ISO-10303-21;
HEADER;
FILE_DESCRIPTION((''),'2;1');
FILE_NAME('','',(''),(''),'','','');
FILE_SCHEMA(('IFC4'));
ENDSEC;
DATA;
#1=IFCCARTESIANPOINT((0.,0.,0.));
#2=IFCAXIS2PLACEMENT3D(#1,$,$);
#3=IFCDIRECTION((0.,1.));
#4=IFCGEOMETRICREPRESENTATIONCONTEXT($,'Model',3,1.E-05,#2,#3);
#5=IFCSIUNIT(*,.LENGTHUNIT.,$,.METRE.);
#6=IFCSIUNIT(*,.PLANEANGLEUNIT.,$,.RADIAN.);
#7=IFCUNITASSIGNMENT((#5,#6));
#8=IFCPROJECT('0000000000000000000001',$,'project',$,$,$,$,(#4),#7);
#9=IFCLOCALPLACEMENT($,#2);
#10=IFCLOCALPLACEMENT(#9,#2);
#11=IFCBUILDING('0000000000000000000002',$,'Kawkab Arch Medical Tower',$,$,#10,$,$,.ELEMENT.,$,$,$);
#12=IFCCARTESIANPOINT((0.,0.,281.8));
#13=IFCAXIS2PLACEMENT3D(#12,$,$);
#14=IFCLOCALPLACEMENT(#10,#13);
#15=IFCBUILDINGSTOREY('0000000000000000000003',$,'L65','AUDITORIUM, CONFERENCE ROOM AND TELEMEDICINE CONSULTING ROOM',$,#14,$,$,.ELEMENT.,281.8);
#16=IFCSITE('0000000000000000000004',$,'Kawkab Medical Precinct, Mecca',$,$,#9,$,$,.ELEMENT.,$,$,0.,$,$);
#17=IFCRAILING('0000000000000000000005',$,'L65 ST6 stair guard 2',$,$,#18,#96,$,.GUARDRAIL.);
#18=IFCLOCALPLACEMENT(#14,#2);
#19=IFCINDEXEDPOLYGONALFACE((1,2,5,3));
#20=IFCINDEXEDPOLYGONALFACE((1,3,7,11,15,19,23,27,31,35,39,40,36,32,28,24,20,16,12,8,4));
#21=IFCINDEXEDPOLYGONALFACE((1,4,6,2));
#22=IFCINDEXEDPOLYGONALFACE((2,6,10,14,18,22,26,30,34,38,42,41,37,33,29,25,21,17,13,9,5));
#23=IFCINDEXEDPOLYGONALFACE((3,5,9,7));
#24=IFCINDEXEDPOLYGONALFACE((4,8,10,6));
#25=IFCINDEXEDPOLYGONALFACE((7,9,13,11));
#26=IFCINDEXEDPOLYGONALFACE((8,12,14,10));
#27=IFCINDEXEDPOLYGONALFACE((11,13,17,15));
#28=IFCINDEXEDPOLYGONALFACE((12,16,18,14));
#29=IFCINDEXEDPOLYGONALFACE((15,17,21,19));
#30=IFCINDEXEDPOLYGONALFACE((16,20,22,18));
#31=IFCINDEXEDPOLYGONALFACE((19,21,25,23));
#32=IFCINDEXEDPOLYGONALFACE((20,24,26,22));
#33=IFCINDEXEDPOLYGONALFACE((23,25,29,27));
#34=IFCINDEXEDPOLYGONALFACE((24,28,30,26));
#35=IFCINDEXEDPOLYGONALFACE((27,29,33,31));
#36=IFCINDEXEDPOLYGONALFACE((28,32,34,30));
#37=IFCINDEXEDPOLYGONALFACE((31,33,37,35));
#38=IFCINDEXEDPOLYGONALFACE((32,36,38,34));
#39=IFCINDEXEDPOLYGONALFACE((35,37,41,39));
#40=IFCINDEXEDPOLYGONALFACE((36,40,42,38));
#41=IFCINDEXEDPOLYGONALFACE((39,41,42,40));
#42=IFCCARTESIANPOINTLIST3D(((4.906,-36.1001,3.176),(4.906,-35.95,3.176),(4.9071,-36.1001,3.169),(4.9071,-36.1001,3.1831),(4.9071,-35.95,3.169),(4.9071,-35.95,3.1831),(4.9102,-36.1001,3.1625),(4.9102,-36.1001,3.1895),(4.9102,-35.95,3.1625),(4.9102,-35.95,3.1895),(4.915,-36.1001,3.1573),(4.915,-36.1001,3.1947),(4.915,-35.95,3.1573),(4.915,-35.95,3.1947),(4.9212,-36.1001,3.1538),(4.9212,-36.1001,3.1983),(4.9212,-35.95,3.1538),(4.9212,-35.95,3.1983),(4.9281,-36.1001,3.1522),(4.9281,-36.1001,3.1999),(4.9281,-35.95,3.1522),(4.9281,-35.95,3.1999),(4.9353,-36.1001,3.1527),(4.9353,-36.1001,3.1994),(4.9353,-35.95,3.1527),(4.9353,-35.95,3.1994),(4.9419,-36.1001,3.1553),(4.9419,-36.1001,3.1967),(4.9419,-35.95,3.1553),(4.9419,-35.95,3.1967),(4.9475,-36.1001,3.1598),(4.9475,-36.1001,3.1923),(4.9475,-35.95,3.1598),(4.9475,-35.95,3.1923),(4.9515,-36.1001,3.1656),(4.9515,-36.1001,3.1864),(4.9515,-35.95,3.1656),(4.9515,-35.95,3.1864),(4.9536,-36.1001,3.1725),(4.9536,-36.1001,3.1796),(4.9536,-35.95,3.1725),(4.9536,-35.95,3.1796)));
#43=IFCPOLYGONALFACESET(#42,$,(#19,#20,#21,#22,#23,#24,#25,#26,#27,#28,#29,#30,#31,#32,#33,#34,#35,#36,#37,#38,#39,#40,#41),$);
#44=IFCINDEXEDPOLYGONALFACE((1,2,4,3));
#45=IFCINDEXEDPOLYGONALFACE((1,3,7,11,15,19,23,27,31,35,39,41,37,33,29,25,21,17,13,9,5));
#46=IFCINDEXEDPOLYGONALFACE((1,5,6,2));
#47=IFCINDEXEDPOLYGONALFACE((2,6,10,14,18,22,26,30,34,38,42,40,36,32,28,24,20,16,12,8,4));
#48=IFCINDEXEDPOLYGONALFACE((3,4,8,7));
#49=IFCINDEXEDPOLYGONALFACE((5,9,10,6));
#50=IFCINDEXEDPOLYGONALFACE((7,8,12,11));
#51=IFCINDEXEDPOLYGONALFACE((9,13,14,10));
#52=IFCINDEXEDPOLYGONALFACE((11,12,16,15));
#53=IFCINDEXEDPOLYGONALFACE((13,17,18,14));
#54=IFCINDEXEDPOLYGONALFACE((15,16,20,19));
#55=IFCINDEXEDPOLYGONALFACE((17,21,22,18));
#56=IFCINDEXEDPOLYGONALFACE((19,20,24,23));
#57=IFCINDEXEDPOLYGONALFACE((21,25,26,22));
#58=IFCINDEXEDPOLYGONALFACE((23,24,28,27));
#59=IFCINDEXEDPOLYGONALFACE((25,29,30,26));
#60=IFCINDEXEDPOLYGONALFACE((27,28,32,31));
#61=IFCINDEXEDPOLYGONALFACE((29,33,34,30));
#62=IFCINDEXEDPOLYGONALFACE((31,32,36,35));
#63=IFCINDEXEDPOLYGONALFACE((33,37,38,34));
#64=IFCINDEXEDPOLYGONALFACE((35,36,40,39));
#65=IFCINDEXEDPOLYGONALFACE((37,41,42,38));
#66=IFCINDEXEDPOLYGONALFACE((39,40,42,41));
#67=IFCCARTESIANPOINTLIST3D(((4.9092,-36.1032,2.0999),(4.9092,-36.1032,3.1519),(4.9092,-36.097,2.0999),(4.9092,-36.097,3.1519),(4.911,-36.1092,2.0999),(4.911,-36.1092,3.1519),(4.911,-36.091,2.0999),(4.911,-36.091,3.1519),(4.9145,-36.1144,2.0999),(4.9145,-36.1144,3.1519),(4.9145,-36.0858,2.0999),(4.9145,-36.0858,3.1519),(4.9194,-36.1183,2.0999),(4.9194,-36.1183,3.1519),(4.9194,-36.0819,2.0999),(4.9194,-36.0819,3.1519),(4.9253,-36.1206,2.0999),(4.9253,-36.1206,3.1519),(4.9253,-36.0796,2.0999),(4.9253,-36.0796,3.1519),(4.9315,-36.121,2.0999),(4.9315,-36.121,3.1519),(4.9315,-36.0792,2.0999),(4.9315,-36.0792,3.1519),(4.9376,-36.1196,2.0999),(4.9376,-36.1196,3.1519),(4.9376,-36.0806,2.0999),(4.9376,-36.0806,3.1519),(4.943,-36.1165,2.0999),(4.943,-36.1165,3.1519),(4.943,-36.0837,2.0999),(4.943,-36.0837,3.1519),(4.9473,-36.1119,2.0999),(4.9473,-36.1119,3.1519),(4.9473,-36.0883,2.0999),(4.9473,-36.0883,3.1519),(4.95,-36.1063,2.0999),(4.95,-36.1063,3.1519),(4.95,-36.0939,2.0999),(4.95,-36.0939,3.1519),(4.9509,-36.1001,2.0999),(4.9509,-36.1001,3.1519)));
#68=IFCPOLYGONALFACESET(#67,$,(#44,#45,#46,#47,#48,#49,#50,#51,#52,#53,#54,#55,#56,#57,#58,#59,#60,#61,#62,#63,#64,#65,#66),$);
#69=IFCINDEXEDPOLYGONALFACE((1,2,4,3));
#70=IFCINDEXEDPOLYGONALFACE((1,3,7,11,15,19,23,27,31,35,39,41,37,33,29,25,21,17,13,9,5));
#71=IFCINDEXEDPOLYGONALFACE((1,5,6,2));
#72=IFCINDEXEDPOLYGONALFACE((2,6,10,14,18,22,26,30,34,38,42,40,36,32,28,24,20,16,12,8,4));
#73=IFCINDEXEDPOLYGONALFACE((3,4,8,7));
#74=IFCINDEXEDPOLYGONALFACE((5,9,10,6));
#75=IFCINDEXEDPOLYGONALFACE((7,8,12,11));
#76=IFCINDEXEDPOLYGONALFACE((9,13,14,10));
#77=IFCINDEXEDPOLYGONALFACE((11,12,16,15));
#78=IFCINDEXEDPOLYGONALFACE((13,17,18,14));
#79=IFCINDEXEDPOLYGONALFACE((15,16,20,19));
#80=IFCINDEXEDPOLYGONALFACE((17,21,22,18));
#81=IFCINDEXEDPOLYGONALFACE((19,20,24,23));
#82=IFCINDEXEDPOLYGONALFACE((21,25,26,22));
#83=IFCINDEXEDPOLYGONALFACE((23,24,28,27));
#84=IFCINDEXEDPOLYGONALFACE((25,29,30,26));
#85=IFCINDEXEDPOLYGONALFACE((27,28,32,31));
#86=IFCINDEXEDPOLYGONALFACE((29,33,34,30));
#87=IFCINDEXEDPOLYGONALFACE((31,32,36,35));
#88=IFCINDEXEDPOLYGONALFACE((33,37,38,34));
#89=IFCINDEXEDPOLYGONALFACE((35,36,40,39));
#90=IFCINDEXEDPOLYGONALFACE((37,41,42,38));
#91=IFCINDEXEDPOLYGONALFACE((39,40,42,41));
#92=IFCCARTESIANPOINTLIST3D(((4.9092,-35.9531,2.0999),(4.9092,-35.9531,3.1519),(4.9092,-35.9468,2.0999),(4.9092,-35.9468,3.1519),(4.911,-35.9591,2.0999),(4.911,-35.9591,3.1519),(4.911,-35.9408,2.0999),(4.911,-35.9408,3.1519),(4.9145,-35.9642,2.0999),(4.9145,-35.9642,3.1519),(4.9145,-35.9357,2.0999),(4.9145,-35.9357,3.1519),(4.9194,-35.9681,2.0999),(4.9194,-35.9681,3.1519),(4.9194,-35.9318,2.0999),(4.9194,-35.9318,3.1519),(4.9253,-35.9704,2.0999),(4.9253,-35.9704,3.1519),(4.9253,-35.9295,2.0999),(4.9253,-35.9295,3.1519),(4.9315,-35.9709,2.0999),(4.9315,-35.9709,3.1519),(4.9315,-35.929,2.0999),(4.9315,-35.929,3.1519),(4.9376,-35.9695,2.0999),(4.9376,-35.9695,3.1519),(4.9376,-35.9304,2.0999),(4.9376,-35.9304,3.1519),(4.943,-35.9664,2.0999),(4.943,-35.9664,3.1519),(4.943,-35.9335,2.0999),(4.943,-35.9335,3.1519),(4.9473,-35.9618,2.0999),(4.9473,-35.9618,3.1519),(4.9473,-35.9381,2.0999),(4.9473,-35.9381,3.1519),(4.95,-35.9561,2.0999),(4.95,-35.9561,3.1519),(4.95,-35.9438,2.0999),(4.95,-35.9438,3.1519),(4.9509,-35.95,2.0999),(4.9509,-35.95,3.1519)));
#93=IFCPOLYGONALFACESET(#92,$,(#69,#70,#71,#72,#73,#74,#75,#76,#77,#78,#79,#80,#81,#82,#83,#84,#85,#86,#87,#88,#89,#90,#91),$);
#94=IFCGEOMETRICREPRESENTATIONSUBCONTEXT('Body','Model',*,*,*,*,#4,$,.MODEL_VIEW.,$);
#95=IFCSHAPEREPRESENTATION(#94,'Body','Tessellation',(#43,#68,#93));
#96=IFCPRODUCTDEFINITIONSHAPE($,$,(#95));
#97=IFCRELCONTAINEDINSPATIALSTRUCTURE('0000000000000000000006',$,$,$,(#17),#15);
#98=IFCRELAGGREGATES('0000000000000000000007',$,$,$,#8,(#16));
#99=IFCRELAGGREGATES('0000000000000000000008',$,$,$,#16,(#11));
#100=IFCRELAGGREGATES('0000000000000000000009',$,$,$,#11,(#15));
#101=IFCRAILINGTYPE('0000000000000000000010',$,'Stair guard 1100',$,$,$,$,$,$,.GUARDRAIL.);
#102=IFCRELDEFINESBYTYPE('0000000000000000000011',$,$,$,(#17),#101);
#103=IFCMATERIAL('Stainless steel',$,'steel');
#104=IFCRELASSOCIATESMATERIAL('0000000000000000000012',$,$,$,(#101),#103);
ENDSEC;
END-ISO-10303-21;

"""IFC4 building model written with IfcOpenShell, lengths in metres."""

from ifc_helpers import new_model, si_unit, direction, frame, origin, origin_2d, place, context, subcontext, project, spatial, circle, extrude, material, type_object, element, save


model = new_model("IFC4")

# Units and contexts
model_context = context("Model", 3, precision=1e-05, world=origin(), true_north=direction((0.0, 1.0)))
body_context = subcontext(model_context, "Body", "Model", "MODEL_VIEW")
ifc_project = project(units=[si_unit("LENGTHUNIT", "METRE"), si_unit("PLANEANGLEUNIT", "RADIAN")], contexts=[model_context])

# Site, building, storey
site_placement = place(None, origin())
site = spatial("IfcSite", under=ifc_project, at=site_placement, Name="Kawkab Medical Precinct, Mecca", CompositionType="ELEMENT", RefElevation=0.0)
building_placement = place(site_placement, origin())
building = spatial("IfcBuilding", under=site, at=building_placement, Name="Kawkab Arch Medical Tower", CompositionType="ELEMENT")
storey_placement = place(building_placement, frame((0.0, 0.0, 281.8)))
storey = spatial("IfcBuildingStorey", under=building, at=storey_placement, Name="L65", Description="AUDITORIUM, CONFERENCE ROOM AND TELEMEDICINE CONSULTING ROOM", CompositionType="ELEMENT", Elevation=281.8)

# Railing
ifc_material_1 = material(Name="Stainless steel", Category="steel")
railing_type_1 = type_object("IfcRailingType", Name="Stair guard 1100", PredefinedType="GUARDRAIL", material=ifc_material_1)
railing_1_placement = place(storey_placement, frame((4.9299, -36.1001, 2.0999)))
element("IfcRailing", 1, at=railing_1_placement, inside=storey, type_object=railing_type_1, Name="L65 ST6 stair guard 2", PredefinedType="GUARDRAIL", context=body_context, shape_type="SweptSolid", body=[
    extrude(circle(Radius=0.0239, at=origin_2d()), frame((0.0, 0.0, 1.0762), z_axis=(0.0, 1.0, 0.0), x_axis=(-1.0, 0.0, 0.0)), (0.0, 0.0, 1.0), 0.1501),
    extrude(circle(Radius=0.021, at=origin_2d()), origin(), (0.0, 0.0, 1.0), 1.052),
    extrude(circle(Radius=0.021, at=origin_2d()), frame((0.0, 0.1501, 0.0)), (0.0, 0.0, 1.0), 1.052),
])

save(model, "model.ifc")
